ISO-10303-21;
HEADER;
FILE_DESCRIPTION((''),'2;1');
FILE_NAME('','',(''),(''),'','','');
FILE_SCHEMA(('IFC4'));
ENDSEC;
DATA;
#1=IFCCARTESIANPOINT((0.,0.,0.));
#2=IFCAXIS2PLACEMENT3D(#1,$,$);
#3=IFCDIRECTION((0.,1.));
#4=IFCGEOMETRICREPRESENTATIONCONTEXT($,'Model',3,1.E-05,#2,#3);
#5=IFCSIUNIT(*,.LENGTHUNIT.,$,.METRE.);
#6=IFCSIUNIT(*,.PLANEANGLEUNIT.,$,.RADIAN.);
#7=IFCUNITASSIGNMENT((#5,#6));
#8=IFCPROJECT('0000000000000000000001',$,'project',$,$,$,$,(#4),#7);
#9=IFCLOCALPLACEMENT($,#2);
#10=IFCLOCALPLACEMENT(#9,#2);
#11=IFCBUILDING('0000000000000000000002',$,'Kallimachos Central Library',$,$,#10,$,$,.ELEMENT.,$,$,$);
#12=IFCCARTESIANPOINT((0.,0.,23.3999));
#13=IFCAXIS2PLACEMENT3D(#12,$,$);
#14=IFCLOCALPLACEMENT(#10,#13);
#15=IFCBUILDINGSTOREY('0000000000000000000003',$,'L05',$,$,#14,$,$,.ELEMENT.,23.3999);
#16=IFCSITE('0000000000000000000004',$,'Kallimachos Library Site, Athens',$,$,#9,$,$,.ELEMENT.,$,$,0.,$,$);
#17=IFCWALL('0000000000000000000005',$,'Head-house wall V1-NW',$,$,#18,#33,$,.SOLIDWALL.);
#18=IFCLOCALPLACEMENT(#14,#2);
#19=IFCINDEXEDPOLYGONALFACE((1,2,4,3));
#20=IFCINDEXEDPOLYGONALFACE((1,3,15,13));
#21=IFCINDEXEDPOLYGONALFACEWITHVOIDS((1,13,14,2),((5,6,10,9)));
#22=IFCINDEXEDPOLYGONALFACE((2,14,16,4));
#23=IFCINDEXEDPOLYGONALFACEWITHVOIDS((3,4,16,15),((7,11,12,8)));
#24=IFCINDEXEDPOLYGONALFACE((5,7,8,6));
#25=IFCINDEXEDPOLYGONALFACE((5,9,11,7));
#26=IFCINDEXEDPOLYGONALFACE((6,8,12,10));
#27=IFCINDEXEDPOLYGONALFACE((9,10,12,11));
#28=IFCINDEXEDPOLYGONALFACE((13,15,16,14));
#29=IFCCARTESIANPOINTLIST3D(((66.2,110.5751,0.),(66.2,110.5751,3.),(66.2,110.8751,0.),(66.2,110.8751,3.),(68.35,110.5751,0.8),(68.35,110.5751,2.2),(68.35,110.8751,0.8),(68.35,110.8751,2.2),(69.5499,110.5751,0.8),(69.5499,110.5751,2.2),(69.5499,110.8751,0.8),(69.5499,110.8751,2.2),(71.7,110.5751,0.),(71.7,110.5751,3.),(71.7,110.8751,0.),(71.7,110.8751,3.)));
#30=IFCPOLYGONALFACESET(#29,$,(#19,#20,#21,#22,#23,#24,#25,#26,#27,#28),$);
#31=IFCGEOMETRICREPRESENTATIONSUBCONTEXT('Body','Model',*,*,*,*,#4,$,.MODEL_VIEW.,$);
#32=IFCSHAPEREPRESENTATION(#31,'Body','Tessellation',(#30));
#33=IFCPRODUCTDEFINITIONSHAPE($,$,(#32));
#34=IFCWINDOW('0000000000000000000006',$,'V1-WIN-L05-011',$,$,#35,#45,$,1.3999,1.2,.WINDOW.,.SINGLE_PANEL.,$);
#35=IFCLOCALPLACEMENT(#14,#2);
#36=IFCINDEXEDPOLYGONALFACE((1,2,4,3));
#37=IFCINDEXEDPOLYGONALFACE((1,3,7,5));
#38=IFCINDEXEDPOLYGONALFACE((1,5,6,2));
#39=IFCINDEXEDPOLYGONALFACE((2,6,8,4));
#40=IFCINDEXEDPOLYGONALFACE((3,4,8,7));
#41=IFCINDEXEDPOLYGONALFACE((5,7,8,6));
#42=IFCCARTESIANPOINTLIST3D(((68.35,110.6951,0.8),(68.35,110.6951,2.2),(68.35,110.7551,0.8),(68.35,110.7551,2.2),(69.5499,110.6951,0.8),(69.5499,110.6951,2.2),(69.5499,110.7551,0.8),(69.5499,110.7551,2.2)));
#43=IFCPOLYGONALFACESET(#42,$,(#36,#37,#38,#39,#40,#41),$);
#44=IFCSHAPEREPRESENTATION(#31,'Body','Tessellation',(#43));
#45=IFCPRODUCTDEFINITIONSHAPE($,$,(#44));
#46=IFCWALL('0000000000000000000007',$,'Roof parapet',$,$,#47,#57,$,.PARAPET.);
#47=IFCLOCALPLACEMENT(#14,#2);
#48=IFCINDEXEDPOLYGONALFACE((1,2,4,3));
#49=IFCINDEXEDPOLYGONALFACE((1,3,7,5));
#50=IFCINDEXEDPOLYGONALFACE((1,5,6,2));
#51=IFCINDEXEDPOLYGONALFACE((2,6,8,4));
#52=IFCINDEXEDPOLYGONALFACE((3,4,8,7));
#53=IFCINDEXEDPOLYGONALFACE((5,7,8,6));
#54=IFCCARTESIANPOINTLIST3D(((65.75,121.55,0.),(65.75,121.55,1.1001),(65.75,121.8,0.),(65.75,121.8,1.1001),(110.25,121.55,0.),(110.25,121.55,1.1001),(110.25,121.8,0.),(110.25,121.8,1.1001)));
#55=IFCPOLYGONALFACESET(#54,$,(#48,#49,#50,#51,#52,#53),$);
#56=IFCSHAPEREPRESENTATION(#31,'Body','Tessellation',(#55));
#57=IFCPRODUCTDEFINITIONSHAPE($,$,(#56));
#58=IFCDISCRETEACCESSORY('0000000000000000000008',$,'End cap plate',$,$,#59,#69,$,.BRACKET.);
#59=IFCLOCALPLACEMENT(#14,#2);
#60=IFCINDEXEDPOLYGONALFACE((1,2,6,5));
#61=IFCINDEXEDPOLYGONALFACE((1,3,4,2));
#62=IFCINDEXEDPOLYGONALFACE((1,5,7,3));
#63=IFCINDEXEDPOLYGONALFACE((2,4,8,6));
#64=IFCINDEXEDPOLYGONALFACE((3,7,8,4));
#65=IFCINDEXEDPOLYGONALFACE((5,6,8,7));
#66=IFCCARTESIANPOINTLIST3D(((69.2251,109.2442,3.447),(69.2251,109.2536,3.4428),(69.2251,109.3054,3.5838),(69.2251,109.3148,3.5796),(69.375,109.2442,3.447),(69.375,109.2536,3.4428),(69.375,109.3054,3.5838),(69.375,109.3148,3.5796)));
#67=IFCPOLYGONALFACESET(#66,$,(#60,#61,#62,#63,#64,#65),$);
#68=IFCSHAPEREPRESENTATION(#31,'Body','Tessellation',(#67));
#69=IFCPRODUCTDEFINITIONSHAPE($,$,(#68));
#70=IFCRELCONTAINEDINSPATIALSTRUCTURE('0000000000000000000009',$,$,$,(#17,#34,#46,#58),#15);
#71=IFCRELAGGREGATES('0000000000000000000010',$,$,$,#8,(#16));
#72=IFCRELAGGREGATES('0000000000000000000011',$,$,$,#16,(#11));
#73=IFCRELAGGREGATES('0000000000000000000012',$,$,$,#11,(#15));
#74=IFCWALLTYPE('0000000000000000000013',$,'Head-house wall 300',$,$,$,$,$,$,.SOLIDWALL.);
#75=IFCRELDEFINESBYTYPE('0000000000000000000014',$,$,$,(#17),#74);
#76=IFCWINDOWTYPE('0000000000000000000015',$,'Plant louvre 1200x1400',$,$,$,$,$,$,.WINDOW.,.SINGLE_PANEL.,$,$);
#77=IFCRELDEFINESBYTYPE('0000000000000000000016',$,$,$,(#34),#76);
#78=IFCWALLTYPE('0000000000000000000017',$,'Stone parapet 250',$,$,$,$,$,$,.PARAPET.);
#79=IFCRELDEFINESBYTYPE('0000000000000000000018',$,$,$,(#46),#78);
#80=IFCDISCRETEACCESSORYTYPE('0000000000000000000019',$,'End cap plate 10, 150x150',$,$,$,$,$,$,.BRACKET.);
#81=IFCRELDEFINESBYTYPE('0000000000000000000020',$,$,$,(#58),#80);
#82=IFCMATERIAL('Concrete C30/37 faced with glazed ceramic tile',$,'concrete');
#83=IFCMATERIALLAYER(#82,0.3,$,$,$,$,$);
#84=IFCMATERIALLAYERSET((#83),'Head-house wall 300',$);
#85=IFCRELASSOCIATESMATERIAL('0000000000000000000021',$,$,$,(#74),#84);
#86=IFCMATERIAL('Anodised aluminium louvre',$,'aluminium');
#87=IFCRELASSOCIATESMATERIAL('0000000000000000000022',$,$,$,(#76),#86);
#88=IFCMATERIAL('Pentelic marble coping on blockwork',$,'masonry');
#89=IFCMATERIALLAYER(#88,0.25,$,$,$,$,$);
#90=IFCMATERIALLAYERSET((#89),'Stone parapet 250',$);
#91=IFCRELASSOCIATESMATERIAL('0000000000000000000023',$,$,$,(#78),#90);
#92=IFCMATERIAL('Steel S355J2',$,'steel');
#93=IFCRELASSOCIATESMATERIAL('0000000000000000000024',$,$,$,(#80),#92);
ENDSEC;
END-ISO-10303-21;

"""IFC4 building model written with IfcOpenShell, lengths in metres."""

from ifc_helpers import new_model, si_unit, direction, frame, frame_2d, origin, origin_2d, place, context, subcontext, project, spatial, rectangle, extrude, material, layer, layer_set, material_profile, profile_set, type_object, element, fill, save


model = new_model("IFC4")

# Units and contexts
model_context = context("Model", 3, precision=1e-05, world=origin(), true_north=direction((0.0, 1.0)))
body_context = subcontext(model_context, "Body", "Model", "MODEL_VIEW")
ifc_project = project(units=[si_unit("LENGTHUNIT", "METRE"), si_unit("PLANEANGLEUNIT", "RADIAN")], contexts=[model_context])

# Site, building, storey
site_placement = place(None, origin())
site = spatial("IfcSite", under=ifc_project, at=site_placement, Name="Kallimachos Library Site, Athens", CompositionType="ELEMENT", RefElevation=0.0)
building_placement = place(site_placement, origin())
building = spatial("IfcBuilding", under=site, at=building_placement, Name="Kallimachos Central Library", CompositionType="ELEMENT")
storey_placement = place(building_placement, frame((0.0, 0.0, 23.3999)))
storey = spatial("IfcBuildingStorey", under=building, at=storey_placement, Name="L05", CompositionType="ELEMENT", Elevation=23.3999)

# Wall, opening, window
ifc_material_1 = material(Name="Concrete C30/37 faced with glazed ceramic tile", Category="concrete")
ifc_layer_1 = layer(ifc_material_1, 0.3)
ifc_layer_set_1 = layer_set([ifc_layer_1], Name="Head-house wall 300")
wall_type_1 = type_object("IfcWallType", Name="Head-house wall 300", PredefinedType="SOLIDWALL", material=ifc_layer_set_1)
wall_1_placement = place(storey_placement, frame((66.2, 110.7251, 0.0), z_axis=(0.0, 0.0, 1.0), x_axis=(1.0, 0.0, 0.0)))
wall_1 = element("IfcWall", 1, at=wall_1_placement, inside=storey, type_object=wall_type_1, Name="Head-house wall V1-NW", PredefinedType="SOLIDWALL", context=body_context, shape_type="SweptSolid", body=[
    extrude(rectangle(XDim=5.5, YDim=0.3, at=frame_2d((2.75, 0.0))), origin(), (0.0, 0.0, 1.0), 3.0),
])
opening_placement = place(wall_1_placement, frame((2.1499, 0.0, 0.8)))
opening = element("IfcOpeningElement", 2, at=opening_placement, cuts=wall_1, PredefinedType="OPENING", context=body_context, shape_type="SweptSolid", body=[
    extrude(rectangle(XDim=1.2, YDim=1.3999, at=frame_2d((0.6001, 0.7))), frame((0.0, 0.1599, 0.0), z_axis=(0.0, -1.0, 0.0), x_axis=(1.0, 0.0, 0.0)), (0.0, 0.0, 1.0), 0.3201),
])
ifc_material_2 = material(Name="Anodised aluminium louvre", Category="aluminium")
window_type = type_object("IfcWindowType", Name="Plant louvre 1200x1400", PartitioningType="SINGLE_PANEL", PredefinedType="WINDOW", material=ifc_material_2)
window_placement = place(opening_placement, origin())
window = element("IfcWindow", 3, at=window_placement, inside=storey, type_object=window_type, Name="V1-WIN-L05-011", OverallHeight=1.3999, OverallWidth=1.2, PartitioningType="SINGLE_PANEL", PredefinedType="WINDOW", context=body_context, shape_type="SweptSolid", body=[
    extrude(rectangle(XDim=1.2, YDim=1.3999, at=frame_2d((0.6001, 0.7))), frame((0.0, 0.03, 0.0), z_axis=(0.0, -1.0, 0.0), x_axis=(1.0, 0.0, 0.0)), (0.0, 0.0, 1.0), 0.0601),
])
fill(opening, window)

# Wall
ifc_material_3 = material(Name="Pentelic marble coping on blockwork", Category="masonry")
ifc_layer_2 = layer(ifc_material_3, 0.25)
ifc_layer_set_2 = layer_set([ifc_layer_2], Name="Stone parapet 250")
wall_type_2 = type_object("IfcWallType", Name="Stone parapet 250", PredefinedType="PARAPET", material=ifc_layer_set_2)
wall_2_placement = place(storey_placement, frame((65.75, 121.675, 0.0), z_axis=(0.0, 0.0, 1.0), x_axis=(1.0, 0.0, 0.0)))
element("IfcWall", 4, at=wall_2_placement, inside=storey, type_object=wall_type_2, Name="Roof parapet", PredefinedType="PARAPET", context=body_context, shape_type="SweptSolid", body=[
    extrude(rectangle(XDim=44.5, YDim=0.25, at=frame_2d((22.25, 0.0))), origin(), (0.0, 0.0, 1.0), 1.1001),
])

# Discrete accessory
ifc_material_4 = material(Name="Steel S355J2", Category="steel")
ifc_material_profile_1 = material_profile(ifc_material_4, rectangle(XDim=0.1499, YDim=0.1499, at=origin_2d()), Name="End cap plate 10, 150x150")
ifc_profile_set_1 = profile_set([ifc_material_profile_1], Name="Steel S355J2")
discrete_accessory_type = type_object("IfcDiscreteAccessoryType", Name="End cap plate 10, 150x150", PredefinedType="BRACKET", material=ifc_profile_set_1)
discrete_accessory_placement = place(storey_placement, frame((69.3, 109.2842, 3.5112), z_axis=(0.0, -0.912818, 0.408366), x_axis=(1.0, 0.0, 0.0)))
element("IfcDiscreteAccessory", 5, at=discrete_accessory_placement, inside=storey, type_object=discrete_accessory_type, Name="End cap plate", PredefinedType="BRACKET", context=body_context, shape_type="SweptSolid", body=[
    extrude(rectangle(XDim=0.1499, YDim=0.1499, at=origin_2d()), origin(), (0.0, 0.0, 1.0), 0.0103),
])

save(model, "model.ifc")
